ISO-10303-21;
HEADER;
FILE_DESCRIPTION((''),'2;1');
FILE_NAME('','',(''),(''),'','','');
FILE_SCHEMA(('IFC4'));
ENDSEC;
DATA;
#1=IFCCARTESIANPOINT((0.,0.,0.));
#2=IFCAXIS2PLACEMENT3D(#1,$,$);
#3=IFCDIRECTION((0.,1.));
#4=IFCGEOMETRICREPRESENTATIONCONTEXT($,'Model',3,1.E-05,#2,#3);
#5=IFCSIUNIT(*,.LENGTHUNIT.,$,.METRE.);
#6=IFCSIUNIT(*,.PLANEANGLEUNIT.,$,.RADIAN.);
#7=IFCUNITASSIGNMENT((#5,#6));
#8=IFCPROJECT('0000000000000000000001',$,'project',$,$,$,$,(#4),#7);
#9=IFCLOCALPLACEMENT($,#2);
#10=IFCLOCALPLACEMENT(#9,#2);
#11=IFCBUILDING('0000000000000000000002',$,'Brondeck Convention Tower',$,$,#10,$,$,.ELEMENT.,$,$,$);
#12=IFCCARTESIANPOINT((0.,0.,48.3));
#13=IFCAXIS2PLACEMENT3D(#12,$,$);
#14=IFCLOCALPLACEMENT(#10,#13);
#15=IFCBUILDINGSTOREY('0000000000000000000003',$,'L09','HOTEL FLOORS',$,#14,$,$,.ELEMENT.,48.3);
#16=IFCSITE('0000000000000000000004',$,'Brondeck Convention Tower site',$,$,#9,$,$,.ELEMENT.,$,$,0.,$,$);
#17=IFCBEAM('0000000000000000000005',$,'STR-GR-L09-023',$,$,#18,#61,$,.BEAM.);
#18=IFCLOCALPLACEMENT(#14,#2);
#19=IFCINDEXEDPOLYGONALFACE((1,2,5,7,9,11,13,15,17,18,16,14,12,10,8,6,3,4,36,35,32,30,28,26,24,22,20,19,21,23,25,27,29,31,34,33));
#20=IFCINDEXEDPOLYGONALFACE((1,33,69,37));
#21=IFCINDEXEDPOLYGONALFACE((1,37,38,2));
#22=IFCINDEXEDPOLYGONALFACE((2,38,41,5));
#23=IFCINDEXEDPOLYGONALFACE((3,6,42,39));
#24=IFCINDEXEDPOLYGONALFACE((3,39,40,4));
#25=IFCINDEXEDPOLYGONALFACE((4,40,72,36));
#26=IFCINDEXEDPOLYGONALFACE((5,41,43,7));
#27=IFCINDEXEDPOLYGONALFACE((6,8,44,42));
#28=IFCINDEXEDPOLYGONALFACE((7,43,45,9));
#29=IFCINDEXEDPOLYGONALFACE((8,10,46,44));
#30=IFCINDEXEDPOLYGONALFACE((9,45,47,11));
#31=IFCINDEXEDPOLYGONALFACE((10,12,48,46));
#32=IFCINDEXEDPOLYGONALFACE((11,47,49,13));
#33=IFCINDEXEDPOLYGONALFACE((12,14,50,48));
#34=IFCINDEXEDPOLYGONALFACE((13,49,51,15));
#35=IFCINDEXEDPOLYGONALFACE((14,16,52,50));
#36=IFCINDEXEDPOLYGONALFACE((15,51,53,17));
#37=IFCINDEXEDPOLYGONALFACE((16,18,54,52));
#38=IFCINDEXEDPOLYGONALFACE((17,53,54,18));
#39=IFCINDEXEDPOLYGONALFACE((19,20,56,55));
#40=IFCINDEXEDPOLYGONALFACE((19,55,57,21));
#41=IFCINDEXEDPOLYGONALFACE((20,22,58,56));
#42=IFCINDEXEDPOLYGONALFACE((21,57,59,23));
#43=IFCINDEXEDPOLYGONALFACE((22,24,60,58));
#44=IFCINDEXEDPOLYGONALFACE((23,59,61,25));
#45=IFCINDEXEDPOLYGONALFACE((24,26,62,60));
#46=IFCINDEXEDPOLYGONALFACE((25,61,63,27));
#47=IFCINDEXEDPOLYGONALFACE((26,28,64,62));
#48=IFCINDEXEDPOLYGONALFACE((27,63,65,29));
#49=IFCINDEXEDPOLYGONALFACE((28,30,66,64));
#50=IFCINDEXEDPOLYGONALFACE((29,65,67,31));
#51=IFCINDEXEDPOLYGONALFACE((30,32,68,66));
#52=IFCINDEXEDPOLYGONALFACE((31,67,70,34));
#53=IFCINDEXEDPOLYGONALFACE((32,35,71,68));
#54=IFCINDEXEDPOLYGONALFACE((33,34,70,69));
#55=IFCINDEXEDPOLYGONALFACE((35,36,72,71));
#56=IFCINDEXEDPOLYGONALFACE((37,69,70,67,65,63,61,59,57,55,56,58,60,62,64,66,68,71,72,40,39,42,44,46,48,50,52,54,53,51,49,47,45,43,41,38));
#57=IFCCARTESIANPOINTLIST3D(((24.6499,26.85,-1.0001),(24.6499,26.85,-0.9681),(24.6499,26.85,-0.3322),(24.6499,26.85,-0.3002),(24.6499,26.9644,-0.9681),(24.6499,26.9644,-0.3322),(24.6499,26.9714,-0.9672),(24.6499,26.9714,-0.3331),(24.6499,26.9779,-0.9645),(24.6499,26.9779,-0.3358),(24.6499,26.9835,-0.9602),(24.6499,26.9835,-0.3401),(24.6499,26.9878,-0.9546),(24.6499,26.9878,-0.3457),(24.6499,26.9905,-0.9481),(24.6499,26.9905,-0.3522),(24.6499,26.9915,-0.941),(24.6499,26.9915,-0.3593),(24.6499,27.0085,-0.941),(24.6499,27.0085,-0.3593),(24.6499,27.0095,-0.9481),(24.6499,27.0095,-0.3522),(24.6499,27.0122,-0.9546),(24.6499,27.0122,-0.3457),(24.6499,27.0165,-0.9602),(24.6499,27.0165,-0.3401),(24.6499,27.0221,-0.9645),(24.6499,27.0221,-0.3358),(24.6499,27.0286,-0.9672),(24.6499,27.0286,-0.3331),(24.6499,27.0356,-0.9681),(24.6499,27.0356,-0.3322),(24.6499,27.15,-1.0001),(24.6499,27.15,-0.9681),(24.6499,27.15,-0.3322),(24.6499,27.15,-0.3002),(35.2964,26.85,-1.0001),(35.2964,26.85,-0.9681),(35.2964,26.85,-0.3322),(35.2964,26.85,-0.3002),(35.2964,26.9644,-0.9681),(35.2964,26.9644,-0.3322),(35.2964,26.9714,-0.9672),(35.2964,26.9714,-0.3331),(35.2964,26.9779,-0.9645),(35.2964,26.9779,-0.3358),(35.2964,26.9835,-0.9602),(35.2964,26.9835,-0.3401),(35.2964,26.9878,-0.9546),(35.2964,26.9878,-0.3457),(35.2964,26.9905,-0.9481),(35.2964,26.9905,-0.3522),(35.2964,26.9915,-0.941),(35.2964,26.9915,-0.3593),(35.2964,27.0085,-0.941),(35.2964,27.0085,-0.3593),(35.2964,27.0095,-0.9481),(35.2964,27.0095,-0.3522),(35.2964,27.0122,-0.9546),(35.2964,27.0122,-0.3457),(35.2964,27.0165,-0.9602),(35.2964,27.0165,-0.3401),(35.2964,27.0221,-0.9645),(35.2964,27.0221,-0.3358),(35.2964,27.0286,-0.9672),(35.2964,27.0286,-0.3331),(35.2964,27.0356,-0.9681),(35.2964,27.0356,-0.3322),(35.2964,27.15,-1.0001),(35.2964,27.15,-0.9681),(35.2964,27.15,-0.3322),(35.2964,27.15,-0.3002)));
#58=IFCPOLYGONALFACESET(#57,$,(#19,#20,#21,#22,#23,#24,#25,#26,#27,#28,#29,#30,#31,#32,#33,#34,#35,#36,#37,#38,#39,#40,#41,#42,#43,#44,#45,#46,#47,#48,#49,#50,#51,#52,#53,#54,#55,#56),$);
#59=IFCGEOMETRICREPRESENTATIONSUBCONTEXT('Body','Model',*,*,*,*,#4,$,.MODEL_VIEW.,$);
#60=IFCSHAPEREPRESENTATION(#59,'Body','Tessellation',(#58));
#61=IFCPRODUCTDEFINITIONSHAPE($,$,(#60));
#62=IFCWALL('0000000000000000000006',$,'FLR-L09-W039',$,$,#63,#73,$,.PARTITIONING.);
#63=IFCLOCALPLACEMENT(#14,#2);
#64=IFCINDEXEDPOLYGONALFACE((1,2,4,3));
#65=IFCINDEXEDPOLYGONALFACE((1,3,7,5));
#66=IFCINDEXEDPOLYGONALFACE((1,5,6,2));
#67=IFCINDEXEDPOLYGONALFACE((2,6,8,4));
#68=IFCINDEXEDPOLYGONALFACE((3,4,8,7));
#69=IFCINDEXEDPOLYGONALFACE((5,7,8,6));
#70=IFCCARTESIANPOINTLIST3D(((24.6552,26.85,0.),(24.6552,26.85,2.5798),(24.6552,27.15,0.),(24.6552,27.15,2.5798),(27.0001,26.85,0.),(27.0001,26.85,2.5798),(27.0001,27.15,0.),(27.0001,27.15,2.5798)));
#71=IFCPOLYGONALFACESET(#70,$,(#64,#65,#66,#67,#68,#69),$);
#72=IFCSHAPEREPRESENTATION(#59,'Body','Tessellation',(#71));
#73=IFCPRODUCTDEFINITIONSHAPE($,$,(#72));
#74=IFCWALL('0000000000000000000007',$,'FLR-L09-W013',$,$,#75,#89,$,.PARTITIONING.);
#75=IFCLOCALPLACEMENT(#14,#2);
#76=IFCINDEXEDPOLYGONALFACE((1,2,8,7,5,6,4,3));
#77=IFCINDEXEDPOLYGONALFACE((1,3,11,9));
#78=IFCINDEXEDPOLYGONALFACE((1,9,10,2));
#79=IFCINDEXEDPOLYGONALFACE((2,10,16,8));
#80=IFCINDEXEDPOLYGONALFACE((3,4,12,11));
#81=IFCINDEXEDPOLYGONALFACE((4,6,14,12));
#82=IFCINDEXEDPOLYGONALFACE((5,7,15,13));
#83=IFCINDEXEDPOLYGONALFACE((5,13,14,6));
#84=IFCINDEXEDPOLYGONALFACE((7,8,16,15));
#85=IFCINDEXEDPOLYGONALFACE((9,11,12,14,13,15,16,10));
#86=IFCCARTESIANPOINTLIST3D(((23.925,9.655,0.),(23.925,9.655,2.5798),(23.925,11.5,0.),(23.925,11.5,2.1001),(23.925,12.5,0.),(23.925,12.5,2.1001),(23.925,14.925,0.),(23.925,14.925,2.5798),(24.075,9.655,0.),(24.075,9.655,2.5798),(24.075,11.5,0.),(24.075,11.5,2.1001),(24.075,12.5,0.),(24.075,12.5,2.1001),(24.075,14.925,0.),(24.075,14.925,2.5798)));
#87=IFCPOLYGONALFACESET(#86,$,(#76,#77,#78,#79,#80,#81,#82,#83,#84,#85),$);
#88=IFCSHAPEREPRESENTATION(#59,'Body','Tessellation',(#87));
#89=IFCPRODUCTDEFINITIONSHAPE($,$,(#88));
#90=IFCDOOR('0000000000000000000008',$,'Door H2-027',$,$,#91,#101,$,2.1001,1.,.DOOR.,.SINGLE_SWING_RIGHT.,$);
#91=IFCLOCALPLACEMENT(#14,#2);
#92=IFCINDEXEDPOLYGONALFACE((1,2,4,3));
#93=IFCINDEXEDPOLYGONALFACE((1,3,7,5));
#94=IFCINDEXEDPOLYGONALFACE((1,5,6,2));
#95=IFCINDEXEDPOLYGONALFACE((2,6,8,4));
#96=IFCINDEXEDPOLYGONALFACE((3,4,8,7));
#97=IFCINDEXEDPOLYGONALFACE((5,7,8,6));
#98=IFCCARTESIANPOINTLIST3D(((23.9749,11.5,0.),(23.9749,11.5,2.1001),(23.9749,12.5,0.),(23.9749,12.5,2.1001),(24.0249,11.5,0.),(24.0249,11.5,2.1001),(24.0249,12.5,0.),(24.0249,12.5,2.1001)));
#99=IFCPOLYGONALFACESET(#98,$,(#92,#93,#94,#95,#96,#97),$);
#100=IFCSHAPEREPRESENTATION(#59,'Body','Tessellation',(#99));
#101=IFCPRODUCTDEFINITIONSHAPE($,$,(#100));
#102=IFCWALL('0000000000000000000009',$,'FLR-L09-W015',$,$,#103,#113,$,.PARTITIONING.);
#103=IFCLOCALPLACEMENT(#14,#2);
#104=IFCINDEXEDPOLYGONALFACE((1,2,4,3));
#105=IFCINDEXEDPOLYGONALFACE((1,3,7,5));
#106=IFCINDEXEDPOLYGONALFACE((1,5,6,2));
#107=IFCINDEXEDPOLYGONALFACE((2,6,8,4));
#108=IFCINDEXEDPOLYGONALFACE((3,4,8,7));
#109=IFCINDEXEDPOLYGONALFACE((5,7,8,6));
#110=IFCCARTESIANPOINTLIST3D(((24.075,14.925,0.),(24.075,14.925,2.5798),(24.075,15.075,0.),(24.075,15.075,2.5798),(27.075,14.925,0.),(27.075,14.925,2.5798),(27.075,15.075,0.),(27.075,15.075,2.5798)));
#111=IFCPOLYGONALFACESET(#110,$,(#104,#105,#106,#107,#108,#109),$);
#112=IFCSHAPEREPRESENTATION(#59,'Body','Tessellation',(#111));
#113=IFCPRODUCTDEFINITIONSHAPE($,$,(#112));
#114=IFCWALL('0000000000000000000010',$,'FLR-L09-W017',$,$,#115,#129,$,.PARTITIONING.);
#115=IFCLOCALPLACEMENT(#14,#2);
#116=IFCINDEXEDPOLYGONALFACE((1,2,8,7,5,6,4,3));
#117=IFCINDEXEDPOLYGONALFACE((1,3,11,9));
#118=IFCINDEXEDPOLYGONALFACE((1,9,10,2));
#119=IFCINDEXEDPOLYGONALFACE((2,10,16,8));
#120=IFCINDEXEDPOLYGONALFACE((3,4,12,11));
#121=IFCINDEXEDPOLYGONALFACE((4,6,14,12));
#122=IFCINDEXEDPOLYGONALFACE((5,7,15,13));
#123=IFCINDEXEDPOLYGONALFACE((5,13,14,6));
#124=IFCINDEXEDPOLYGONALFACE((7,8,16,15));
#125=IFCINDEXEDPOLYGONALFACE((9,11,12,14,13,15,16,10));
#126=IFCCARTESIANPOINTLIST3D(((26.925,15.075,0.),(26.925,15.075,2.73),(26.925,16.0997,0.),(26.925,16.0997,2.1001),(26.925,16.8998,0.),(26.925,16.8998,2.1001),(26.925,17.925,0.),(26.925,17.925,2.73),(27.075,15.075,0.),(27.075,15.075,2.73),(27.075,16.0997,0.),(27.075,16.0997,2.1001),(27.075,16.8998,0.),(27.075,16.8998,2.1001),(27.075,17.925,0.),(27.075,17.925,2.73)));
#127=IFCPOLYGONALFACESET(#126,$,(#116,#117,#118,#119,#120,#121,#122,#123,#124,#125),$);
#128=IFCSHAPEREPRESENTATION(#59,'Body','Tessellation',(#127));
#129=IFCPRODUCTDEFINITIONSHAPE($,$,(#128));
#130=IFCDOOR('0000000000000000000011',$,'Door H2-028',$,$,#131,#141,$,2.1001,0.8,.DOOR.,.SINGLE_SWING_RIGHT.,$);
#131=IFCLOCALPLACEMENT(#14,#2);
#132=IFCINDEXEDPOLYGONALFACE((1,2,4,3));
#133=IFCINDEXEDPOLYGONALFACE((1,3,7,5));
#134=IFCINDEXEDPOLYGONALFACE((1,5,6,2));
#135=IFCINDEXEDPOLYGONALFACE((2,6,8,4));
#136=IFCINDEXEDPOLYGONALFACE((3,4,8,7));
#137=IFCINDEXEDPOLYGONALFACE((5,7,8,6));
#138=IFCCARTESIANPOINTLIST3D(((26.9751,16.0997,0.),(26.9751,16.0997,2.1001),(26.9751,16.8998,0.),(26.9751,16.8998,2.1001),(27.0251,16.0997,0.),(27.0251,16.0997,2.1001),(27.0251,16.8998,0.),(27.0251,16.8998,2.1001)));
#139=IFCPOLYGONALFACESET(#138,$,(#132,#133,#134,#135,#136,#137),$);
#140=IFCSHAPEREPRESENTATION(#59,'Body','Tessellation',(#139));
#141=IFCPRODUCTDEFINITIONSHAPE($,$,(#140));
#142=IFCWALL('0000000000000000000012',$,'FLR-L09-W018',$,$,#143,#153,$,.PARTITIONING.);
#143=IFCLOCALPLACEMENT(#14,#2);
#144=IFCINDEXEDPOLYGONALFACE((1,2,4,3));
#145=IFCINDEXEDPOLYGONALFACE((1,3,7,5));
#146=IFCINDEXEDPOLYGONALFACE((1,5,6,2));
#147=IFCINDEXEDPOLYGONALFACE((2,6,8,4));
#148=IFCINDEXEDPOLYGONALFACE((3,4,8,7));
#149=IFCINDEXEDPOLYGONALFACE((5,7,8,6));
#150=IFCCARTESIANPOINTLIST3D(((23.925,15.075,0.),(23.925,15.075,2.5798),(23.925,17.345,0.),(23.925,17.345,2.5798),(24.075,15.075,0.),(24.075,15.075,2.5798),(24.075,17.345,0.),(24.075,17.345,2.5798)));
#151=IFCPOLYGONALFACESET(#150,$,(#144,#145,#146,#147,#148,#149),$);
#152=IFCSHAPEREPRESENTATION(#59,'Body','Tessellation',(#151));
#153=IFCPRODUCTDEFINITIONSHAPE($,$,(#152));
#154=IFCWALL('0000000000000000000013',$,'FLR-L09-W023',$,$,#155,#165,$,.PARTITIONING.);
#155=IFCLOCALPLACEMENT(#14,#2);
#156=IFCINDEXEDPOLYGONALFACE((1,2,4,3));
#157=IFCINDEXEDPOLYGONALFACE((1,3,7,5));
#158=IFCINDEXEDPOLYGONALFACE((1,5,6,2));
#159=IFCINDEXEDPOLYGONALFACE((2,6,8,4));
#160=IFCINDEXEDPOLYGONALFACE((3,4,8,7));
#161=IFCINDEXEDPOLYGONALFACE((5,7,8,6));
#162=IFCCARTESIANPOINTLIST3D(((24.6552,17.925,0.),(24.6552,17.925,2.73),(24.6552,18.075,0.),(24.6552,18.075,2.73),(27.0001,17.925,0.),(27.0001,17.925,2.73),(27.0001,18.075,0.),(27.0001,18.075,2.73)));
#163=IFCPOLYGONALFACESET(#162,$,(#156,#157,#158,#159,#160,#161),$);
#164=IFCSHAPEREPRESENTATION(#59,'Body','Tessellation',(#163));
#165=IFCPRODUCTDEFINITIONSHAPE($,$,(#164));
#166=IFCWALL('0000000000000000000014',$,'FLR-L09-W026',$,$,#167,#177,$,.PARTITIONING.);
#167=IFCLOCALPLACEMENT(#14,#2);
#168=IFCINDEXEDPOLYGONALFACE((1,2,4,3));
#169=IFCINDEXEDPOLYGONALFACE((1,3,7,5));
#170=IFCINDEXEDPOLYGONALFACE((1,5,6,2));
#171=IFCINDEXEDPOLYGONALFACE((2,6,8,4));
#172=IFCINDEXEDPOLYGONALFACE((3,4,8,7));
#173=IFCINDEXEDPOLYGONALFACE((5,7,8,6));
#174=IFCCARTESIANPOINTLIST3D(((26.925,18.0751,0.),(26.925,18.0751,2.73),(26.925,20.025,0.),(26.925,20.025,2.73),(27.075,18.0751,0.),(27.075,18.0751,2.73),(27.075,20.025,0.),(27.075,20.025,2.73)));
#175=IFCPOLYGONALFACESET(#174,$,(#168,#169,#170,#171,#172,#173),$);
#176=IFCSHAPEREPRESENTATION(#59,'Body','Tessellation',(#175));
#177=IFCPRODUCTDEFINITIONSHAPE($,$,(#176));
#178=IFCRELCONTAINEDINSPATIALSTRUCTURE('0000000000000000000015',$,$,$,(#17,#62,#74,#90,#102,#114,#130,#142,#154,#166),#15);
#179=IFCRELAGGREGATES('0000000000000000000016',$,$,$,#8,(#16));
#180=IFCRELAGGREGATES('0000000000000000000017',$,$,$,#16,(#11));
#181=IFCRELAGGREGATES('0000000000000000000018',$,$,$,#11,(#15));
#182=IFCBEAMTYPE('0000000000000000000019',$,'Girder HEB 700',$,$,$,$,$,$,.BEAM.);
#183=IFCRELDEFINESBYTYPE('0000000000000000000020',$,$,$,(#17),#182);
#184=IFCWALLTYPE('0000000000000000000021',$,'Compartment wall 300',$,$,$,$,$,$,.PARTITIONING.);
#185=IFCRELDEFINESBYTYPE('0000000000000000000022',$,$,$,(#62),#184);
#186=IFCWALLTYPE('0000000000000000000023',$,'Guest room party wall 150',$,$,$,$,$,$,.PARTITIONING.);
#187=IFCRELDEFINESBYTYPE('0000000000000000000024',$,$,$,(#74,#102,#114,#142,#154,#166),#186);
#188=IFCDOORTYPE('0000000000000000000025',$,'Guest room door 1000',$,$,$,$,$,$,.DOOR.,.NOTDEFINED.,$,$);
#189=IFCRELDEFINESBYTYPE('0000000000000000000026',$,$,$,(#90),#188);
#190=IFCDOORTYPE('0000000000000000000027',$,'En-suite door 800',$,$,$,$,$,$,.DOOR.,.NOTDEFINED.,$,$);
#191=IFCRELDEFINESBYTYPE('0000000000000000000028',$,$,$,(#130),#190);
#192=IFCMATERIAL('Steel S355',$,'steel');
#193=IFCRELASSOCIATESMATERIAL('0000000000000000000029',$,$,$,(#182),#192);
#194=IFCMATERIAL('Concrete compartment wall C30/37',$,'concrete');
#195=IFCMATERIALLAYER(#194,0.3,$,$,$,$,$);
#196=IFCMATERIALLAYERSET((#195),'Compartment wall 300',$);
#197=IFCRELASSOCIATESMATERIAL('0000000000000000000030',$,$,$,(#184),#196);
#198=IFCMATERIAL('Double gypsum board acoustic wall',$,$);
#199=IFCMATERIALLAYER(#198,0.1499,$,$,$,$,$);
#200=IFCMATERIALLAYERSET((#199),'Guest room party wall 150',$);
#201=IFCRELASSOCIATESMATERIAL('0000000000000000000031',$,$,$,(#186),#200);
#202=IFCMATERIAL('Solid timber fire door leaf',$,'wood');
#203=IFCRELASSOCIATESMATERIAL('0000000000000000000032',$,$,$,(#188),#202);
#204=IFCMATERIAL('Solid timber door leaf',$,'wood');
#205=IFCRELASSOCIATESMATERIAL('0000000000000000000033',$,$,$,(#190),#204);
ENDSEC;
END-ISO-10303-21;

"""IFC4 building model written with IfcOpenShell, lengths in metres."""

from ifc_helpers import new_model, si_unit, direction, frame, frame_2d, origin, origin_2d, place, context, subcontext, project, spatial, rectangle, i_section, extrude, material, layer, layer_set, material_profile, profile_set, type_object, element, fill, save


model = new_model("IFC4")

# Units and contexts
model_context = context("Model", 3, precision=1e-05, world=origin(), true_north=direction((0.0, 1.0)))
body_context = subcontext(model_context, "Body", "Model", "MODEL_VIEW")
ifc_project = project(units=[si_unit("LENGTHUNIT", "METRE"), si_unit("PLANEANGLEUNIT", "RADIAN")], contexts=[model_context])

# Site, building, storey
site_placement = place(None, origin())
site = spatial("IfcSite", under=ifc_project, at=site_placement, Name="Brondeck Convention Tower site", CompositionType="ELEMENT", RefElevation=0.0)
building_placement = place(site_placement, origin())
building = spatial("IfcBuilding", under=site, at=building_placement, Name="Brondeck Convention Tower", CompositionType="ELEMENT")
storey_placement = place(building_placement, frame((0.0, 0.0, 48.3)))
storey = spatial("IfcBuildingStorey", under=building, at=storey_placement, Name="L09", Description="HOTEL FLOORS", CompositionType="ELEMENT", Elevation=48.3)

# Beam
ifc_material_1 = material(Name="Steel S355", Category="steel")
ifc_material_profile_1 = material_profile(ifc_material_1, i_section(OverallWidth=0.3, OverallDepth=0.7, WebThickness=0.0171, FlangeThickness=0.032, FilletRadius=0.0271, at=origin_2d()), Name="HEB 700")
ifc_profile_set_1 = profile_set([ifc_material_profile_1], Name="Steel S355")
beam_type_1 = type_object("IfcBeamType", Name="Girder HEB 700", PredefinedType="BEAM", material=ifc_profile_set_1)
beam_1_placement = place(storey_placement, frame((24.6499, 27.0, -0.6501), z_axis=(1.0, 0.0, 0.0), x_axis=(0.0, 1.0, 0.0)))
element("IfcBeam", 1, at=beam_1_placement, inside=storey, type_object=beam_type_1, Name="STR-GR-L09-023", PredefinedType="BEAM", context=body_context, shape_type="SweptSolid", body=[
    extrude(i_section(OverallWidth=0.3, OverallDepth=0.7, WebThickness=0.0171, FlangeThickness=0.032, FilletRadius=0.0271, at=origin_2d()), origin(), (0.0, 0.0, 1.0), 10.6465),
])

# Wall
ifc_material_2 = material(Name="Concrete compartment wall C30/37", Category="concrete")
ifc_layer_1 = layer(ifc_material_2, 0.3)
ifc_layer_set_1 = layer_set([ifc_layer_1], Name="Compartment wall 300")
wall_type_1 = type_object("IfcWallType", Name="Compartment wall 300", PredefinedType="PARTITIONING", material=ifc_layer_set_1)
wall_1_placement = place(storey_placement, frame((27.0, 27.0, 0.0), z_axis=(0.0, 0.0, 1.0), x_axis=(-1.0, 0.0, 0.0)))
element("IfcWall", 2, at=wall_1_placement, inside=storey, type_object=wall_type_1, Name="FLR-L09-W039", PredefinedType="PARTITIONING", context=body_context, shape_type="SweptSolid", body=[
    extrude(rectangle(XDim=2.345, YDim=0.3, at=frame_2d((1.1724, 0.0))), origin(), (0.0, 0.0, 1.0), 2.5798),
])

# Wall, opening, door
ifc_material_3 = material(Name="Double gypsum board acoustic wall")
ifc_layer_2 = layer(ifc_material_3, 0.1499)
ifc_layer_set_2 = layer_set([ifc_layer_2], Name="Guest room party wall 150")
wall_type_2 = type_object("IfcWallType", Name="Guest room party wall 150", PredefinedType="PARTITIONING", material=ifc_layer_set_2)
wall_2_placement = place(storey_placement, frame((24.0, 14.925, 0.0), z_axis=(0.0, 0.0, 1.0), x_axis=(0.0, -1.0, 0.0)))
wall_2 = element("IfcWall", 3, at=wall_2_placement, inside=storey, type_object=wall_type_2, Name="FLR-L09-W013", PredefinedType="PARTITIONING", context=body_context, shape_type="SweptSolid", body=[
    extrude(rectangle(XDim=5.27, YDim=0.1499, at=frame_2d((2.635, 0.0))), origin(), (0.0, 0.0, 1.0), 2.5798),
])
opening_1_placement = place(wall_2_placement, frame((2.425, 0.0, 0.0)))
opening_1 = element("IfcOpeningElement", 4, at=opening_1_placement, cuts=wall_2, PredefinedType="OPENING", context=body_context, shape_type="SweptSolid", body=[
    extrude(rectangle(XDim=1.0, YDim=2.1001, at=frame_2d((0.5, 1.05))), frame((0.0, 0.085, 0.0), z_axis=(0.0, -1.0, 0.0), x_axis=(1.0, 0.0, 0.0)), (0.0, 0.0, 1.0), 0.1699),
])
ifc_material_4 = material(Name="Solid timber fire door leaf", Category="wood")
door_type_1 = type_object("IfcDoorType", Name="Guest room door 1000", OperationType="NOTDEFINED", PredefinedType="DOOR", material=ifc_material_4)
door_1_placement = place(opening_1_placement, origin())
door_1 = element("IfcDoor", 5, at=door_1_placement, inside=storey, type_object=door_type_1, Name="Door H2-027", OperationType="SINGLE_SWING_RIGHT", OverallHeight=2.1001, OverallWidth=1.0, PredefinedType="DOOR", context=body_context, shape_type="SweptSolid", body=[
    extrude(rectangle(XDim=1.0, YDim=2.1001, at=frame_2d((0.5, 1.05))), frame((0.0, 0.0249, 0.0), z_axis=(0.0, -1.0, 0.0), x_axis=(1.0, 0.0, 0.0)), (0.0, 0.0, 1.0), 0.05),
])
fill(opening_1, door_1)

# Wall
wall_3_placement = place(storey_placement, frame((24.075, 15.0, 0.0), z_axis=(0.0, 0.0, 1.0), x_axis=(1.0, 0.0, 0.0)))
element("IfcWall", 6, at=wall_3_placement, inside=storey, type_object=wall_type_2, Name="FLR-L09-W015", PredefinedType="PARTITIONING", context=body_context, shape_type="SweptSolid", body=[
    extrude(rectangle(XDim=3.0, YDim=0.1499, at=frame_2d((1.5, 0.0))), origin(), (0.0, 0.0, 1.0), 2.5798),
])

# Wall, opening, door
wall_4_placement = place(storey_placement, frame((27.0, 15.075, 0.0), z_axis=(0.0, 0.0, 1.0), x_axis=(0.0, 1.0, 0.0)))
wall_4 = element("IfcWall", 7, at=wall_4_placement, inside=storey, type_object=wall_type_2, Name="FLR-L09-W017", PredefinedType="PARTITIONING", context=body_context, shape_type="SweptSolid", body=[
    extrude(rectangle(XDim=2.8501, YDim=0.1499, at=frame_2d((1.425, 0.0))), origin(), (0.0, 0.0, 1.0), 2.73),
])
opening_2_placement = place(wall_4_placement, frame((1.0249, 0.0, 0.0)))
opening_2 = element("IfcOpeningElement", 8, at=opening_2_placement, cuts=wall_4, PredefinedType="OPENING", context=body_context, shape_type="SweptSolid", body=[
    extrude(rectangle(XDim=0.8, YDim=2.1001, at=frame_2d((0.3999, 1.05))), frame((0.0, 0.085, 0.0), z_axis=(0.0, -1.0, 0.0), x_axis=(1.0, 0.0, 0.0)), (0.0, 0.0, 1.0), 0.1699),
])
ifc_material_5 = material(Name="Solid timber door leaf", Category="wood")
door_type_2 = type_object("IfcDoorType", Name="En-suite door 800", OperationType="NOTDEFINED", PredefinedType="DOOR", material=ifc_material_5)
door_2_placement = place(opening_2_placement, origin())
door_2 = element("IfcDoor", 9, at=door_2_placement, inside=storey, type_object=door_type_2, Name="Door H2-028", OperationType="SINGLE_SWING_RIGHT", OverallHeight=2.1001, OverallWidth=0.8, PredefinedType="DOOR", context=body_context, shape_type="SweptSolid", body=[
    extrude(rectangle(XDim=0.8, YDim=2.1001, at=frame_2d((0.3999, 1.05))), frame((0.0, 0.0249, 0.0), z_axis=(0.0, -1.0, 0.0), x_axis=(1.0, 0.0, 0.0)), (0.0, 0.0, 1.0), 0.05),
])
fill(opening_2, door_2)

# Walls
wall_5_placement = place(storey_placement, frame((24.0, 17.345, 0.0), z_axis=(0.0, 0.0, 1.0), x_axis=(0.0, -1.0, 0.0)))
element("IfcWall", 10, at=wall_5_placement, inside=storey, type_object=wall_type_2, Name="FLR-L09-W018", PredefinedType="PARTITIONING", context=body_context, shape_type="SweptSolid", body=[
    extrude(rectangle(XDim=2.27, YDim=0.1499, at=frame_2d((1.135, 0.0))), origin(), (0.0, 0.0, 1.0), 2.5798),
])
wall_6_placement = place(storey_placement, frame((27.0, 18.0, 0.0), z_axis=(0.0, 0.0, 1.0), x_axis=(-1.0, 0.0, 0.0)))
element("IfcWall", 11, at=wall_6_placement, inside=storey, type_object=wall_type_2, Name="FLR-L09-W023", PredefinedType="PARTITIONING", context=body_context, shape_type="SweptSolid", body=[
    extrude(rectangle(XDim=2.345, YDim=0.1499, at=frame_2d((1.1724, 0.0))), origin(), (0.0, 0.0, 1.0), 2.73),
])
wall_7_placement = place(storey_placement, frame((27.0, 18.075, 0.0), z_axis=(0.0, 0.0, 1.0), x_axis=(0.0, 1.0, 0.0)))
element("IfcWall", 12, at=wall_7_placement, inside=storey, type_object=wall_type_2, Name="FLR-L09-W026", PredefinedType="PARTITIONING", context=body_context, shape_type="SweptSolid", body=[
    extrude(rectangle(XDim=1.95, YDim=0.1499, at=frame_2d((0.9751, 0.0))), origin(), (0.0, 0.0, 1.0), 2.73),
])

save(model, "model.ifc")
